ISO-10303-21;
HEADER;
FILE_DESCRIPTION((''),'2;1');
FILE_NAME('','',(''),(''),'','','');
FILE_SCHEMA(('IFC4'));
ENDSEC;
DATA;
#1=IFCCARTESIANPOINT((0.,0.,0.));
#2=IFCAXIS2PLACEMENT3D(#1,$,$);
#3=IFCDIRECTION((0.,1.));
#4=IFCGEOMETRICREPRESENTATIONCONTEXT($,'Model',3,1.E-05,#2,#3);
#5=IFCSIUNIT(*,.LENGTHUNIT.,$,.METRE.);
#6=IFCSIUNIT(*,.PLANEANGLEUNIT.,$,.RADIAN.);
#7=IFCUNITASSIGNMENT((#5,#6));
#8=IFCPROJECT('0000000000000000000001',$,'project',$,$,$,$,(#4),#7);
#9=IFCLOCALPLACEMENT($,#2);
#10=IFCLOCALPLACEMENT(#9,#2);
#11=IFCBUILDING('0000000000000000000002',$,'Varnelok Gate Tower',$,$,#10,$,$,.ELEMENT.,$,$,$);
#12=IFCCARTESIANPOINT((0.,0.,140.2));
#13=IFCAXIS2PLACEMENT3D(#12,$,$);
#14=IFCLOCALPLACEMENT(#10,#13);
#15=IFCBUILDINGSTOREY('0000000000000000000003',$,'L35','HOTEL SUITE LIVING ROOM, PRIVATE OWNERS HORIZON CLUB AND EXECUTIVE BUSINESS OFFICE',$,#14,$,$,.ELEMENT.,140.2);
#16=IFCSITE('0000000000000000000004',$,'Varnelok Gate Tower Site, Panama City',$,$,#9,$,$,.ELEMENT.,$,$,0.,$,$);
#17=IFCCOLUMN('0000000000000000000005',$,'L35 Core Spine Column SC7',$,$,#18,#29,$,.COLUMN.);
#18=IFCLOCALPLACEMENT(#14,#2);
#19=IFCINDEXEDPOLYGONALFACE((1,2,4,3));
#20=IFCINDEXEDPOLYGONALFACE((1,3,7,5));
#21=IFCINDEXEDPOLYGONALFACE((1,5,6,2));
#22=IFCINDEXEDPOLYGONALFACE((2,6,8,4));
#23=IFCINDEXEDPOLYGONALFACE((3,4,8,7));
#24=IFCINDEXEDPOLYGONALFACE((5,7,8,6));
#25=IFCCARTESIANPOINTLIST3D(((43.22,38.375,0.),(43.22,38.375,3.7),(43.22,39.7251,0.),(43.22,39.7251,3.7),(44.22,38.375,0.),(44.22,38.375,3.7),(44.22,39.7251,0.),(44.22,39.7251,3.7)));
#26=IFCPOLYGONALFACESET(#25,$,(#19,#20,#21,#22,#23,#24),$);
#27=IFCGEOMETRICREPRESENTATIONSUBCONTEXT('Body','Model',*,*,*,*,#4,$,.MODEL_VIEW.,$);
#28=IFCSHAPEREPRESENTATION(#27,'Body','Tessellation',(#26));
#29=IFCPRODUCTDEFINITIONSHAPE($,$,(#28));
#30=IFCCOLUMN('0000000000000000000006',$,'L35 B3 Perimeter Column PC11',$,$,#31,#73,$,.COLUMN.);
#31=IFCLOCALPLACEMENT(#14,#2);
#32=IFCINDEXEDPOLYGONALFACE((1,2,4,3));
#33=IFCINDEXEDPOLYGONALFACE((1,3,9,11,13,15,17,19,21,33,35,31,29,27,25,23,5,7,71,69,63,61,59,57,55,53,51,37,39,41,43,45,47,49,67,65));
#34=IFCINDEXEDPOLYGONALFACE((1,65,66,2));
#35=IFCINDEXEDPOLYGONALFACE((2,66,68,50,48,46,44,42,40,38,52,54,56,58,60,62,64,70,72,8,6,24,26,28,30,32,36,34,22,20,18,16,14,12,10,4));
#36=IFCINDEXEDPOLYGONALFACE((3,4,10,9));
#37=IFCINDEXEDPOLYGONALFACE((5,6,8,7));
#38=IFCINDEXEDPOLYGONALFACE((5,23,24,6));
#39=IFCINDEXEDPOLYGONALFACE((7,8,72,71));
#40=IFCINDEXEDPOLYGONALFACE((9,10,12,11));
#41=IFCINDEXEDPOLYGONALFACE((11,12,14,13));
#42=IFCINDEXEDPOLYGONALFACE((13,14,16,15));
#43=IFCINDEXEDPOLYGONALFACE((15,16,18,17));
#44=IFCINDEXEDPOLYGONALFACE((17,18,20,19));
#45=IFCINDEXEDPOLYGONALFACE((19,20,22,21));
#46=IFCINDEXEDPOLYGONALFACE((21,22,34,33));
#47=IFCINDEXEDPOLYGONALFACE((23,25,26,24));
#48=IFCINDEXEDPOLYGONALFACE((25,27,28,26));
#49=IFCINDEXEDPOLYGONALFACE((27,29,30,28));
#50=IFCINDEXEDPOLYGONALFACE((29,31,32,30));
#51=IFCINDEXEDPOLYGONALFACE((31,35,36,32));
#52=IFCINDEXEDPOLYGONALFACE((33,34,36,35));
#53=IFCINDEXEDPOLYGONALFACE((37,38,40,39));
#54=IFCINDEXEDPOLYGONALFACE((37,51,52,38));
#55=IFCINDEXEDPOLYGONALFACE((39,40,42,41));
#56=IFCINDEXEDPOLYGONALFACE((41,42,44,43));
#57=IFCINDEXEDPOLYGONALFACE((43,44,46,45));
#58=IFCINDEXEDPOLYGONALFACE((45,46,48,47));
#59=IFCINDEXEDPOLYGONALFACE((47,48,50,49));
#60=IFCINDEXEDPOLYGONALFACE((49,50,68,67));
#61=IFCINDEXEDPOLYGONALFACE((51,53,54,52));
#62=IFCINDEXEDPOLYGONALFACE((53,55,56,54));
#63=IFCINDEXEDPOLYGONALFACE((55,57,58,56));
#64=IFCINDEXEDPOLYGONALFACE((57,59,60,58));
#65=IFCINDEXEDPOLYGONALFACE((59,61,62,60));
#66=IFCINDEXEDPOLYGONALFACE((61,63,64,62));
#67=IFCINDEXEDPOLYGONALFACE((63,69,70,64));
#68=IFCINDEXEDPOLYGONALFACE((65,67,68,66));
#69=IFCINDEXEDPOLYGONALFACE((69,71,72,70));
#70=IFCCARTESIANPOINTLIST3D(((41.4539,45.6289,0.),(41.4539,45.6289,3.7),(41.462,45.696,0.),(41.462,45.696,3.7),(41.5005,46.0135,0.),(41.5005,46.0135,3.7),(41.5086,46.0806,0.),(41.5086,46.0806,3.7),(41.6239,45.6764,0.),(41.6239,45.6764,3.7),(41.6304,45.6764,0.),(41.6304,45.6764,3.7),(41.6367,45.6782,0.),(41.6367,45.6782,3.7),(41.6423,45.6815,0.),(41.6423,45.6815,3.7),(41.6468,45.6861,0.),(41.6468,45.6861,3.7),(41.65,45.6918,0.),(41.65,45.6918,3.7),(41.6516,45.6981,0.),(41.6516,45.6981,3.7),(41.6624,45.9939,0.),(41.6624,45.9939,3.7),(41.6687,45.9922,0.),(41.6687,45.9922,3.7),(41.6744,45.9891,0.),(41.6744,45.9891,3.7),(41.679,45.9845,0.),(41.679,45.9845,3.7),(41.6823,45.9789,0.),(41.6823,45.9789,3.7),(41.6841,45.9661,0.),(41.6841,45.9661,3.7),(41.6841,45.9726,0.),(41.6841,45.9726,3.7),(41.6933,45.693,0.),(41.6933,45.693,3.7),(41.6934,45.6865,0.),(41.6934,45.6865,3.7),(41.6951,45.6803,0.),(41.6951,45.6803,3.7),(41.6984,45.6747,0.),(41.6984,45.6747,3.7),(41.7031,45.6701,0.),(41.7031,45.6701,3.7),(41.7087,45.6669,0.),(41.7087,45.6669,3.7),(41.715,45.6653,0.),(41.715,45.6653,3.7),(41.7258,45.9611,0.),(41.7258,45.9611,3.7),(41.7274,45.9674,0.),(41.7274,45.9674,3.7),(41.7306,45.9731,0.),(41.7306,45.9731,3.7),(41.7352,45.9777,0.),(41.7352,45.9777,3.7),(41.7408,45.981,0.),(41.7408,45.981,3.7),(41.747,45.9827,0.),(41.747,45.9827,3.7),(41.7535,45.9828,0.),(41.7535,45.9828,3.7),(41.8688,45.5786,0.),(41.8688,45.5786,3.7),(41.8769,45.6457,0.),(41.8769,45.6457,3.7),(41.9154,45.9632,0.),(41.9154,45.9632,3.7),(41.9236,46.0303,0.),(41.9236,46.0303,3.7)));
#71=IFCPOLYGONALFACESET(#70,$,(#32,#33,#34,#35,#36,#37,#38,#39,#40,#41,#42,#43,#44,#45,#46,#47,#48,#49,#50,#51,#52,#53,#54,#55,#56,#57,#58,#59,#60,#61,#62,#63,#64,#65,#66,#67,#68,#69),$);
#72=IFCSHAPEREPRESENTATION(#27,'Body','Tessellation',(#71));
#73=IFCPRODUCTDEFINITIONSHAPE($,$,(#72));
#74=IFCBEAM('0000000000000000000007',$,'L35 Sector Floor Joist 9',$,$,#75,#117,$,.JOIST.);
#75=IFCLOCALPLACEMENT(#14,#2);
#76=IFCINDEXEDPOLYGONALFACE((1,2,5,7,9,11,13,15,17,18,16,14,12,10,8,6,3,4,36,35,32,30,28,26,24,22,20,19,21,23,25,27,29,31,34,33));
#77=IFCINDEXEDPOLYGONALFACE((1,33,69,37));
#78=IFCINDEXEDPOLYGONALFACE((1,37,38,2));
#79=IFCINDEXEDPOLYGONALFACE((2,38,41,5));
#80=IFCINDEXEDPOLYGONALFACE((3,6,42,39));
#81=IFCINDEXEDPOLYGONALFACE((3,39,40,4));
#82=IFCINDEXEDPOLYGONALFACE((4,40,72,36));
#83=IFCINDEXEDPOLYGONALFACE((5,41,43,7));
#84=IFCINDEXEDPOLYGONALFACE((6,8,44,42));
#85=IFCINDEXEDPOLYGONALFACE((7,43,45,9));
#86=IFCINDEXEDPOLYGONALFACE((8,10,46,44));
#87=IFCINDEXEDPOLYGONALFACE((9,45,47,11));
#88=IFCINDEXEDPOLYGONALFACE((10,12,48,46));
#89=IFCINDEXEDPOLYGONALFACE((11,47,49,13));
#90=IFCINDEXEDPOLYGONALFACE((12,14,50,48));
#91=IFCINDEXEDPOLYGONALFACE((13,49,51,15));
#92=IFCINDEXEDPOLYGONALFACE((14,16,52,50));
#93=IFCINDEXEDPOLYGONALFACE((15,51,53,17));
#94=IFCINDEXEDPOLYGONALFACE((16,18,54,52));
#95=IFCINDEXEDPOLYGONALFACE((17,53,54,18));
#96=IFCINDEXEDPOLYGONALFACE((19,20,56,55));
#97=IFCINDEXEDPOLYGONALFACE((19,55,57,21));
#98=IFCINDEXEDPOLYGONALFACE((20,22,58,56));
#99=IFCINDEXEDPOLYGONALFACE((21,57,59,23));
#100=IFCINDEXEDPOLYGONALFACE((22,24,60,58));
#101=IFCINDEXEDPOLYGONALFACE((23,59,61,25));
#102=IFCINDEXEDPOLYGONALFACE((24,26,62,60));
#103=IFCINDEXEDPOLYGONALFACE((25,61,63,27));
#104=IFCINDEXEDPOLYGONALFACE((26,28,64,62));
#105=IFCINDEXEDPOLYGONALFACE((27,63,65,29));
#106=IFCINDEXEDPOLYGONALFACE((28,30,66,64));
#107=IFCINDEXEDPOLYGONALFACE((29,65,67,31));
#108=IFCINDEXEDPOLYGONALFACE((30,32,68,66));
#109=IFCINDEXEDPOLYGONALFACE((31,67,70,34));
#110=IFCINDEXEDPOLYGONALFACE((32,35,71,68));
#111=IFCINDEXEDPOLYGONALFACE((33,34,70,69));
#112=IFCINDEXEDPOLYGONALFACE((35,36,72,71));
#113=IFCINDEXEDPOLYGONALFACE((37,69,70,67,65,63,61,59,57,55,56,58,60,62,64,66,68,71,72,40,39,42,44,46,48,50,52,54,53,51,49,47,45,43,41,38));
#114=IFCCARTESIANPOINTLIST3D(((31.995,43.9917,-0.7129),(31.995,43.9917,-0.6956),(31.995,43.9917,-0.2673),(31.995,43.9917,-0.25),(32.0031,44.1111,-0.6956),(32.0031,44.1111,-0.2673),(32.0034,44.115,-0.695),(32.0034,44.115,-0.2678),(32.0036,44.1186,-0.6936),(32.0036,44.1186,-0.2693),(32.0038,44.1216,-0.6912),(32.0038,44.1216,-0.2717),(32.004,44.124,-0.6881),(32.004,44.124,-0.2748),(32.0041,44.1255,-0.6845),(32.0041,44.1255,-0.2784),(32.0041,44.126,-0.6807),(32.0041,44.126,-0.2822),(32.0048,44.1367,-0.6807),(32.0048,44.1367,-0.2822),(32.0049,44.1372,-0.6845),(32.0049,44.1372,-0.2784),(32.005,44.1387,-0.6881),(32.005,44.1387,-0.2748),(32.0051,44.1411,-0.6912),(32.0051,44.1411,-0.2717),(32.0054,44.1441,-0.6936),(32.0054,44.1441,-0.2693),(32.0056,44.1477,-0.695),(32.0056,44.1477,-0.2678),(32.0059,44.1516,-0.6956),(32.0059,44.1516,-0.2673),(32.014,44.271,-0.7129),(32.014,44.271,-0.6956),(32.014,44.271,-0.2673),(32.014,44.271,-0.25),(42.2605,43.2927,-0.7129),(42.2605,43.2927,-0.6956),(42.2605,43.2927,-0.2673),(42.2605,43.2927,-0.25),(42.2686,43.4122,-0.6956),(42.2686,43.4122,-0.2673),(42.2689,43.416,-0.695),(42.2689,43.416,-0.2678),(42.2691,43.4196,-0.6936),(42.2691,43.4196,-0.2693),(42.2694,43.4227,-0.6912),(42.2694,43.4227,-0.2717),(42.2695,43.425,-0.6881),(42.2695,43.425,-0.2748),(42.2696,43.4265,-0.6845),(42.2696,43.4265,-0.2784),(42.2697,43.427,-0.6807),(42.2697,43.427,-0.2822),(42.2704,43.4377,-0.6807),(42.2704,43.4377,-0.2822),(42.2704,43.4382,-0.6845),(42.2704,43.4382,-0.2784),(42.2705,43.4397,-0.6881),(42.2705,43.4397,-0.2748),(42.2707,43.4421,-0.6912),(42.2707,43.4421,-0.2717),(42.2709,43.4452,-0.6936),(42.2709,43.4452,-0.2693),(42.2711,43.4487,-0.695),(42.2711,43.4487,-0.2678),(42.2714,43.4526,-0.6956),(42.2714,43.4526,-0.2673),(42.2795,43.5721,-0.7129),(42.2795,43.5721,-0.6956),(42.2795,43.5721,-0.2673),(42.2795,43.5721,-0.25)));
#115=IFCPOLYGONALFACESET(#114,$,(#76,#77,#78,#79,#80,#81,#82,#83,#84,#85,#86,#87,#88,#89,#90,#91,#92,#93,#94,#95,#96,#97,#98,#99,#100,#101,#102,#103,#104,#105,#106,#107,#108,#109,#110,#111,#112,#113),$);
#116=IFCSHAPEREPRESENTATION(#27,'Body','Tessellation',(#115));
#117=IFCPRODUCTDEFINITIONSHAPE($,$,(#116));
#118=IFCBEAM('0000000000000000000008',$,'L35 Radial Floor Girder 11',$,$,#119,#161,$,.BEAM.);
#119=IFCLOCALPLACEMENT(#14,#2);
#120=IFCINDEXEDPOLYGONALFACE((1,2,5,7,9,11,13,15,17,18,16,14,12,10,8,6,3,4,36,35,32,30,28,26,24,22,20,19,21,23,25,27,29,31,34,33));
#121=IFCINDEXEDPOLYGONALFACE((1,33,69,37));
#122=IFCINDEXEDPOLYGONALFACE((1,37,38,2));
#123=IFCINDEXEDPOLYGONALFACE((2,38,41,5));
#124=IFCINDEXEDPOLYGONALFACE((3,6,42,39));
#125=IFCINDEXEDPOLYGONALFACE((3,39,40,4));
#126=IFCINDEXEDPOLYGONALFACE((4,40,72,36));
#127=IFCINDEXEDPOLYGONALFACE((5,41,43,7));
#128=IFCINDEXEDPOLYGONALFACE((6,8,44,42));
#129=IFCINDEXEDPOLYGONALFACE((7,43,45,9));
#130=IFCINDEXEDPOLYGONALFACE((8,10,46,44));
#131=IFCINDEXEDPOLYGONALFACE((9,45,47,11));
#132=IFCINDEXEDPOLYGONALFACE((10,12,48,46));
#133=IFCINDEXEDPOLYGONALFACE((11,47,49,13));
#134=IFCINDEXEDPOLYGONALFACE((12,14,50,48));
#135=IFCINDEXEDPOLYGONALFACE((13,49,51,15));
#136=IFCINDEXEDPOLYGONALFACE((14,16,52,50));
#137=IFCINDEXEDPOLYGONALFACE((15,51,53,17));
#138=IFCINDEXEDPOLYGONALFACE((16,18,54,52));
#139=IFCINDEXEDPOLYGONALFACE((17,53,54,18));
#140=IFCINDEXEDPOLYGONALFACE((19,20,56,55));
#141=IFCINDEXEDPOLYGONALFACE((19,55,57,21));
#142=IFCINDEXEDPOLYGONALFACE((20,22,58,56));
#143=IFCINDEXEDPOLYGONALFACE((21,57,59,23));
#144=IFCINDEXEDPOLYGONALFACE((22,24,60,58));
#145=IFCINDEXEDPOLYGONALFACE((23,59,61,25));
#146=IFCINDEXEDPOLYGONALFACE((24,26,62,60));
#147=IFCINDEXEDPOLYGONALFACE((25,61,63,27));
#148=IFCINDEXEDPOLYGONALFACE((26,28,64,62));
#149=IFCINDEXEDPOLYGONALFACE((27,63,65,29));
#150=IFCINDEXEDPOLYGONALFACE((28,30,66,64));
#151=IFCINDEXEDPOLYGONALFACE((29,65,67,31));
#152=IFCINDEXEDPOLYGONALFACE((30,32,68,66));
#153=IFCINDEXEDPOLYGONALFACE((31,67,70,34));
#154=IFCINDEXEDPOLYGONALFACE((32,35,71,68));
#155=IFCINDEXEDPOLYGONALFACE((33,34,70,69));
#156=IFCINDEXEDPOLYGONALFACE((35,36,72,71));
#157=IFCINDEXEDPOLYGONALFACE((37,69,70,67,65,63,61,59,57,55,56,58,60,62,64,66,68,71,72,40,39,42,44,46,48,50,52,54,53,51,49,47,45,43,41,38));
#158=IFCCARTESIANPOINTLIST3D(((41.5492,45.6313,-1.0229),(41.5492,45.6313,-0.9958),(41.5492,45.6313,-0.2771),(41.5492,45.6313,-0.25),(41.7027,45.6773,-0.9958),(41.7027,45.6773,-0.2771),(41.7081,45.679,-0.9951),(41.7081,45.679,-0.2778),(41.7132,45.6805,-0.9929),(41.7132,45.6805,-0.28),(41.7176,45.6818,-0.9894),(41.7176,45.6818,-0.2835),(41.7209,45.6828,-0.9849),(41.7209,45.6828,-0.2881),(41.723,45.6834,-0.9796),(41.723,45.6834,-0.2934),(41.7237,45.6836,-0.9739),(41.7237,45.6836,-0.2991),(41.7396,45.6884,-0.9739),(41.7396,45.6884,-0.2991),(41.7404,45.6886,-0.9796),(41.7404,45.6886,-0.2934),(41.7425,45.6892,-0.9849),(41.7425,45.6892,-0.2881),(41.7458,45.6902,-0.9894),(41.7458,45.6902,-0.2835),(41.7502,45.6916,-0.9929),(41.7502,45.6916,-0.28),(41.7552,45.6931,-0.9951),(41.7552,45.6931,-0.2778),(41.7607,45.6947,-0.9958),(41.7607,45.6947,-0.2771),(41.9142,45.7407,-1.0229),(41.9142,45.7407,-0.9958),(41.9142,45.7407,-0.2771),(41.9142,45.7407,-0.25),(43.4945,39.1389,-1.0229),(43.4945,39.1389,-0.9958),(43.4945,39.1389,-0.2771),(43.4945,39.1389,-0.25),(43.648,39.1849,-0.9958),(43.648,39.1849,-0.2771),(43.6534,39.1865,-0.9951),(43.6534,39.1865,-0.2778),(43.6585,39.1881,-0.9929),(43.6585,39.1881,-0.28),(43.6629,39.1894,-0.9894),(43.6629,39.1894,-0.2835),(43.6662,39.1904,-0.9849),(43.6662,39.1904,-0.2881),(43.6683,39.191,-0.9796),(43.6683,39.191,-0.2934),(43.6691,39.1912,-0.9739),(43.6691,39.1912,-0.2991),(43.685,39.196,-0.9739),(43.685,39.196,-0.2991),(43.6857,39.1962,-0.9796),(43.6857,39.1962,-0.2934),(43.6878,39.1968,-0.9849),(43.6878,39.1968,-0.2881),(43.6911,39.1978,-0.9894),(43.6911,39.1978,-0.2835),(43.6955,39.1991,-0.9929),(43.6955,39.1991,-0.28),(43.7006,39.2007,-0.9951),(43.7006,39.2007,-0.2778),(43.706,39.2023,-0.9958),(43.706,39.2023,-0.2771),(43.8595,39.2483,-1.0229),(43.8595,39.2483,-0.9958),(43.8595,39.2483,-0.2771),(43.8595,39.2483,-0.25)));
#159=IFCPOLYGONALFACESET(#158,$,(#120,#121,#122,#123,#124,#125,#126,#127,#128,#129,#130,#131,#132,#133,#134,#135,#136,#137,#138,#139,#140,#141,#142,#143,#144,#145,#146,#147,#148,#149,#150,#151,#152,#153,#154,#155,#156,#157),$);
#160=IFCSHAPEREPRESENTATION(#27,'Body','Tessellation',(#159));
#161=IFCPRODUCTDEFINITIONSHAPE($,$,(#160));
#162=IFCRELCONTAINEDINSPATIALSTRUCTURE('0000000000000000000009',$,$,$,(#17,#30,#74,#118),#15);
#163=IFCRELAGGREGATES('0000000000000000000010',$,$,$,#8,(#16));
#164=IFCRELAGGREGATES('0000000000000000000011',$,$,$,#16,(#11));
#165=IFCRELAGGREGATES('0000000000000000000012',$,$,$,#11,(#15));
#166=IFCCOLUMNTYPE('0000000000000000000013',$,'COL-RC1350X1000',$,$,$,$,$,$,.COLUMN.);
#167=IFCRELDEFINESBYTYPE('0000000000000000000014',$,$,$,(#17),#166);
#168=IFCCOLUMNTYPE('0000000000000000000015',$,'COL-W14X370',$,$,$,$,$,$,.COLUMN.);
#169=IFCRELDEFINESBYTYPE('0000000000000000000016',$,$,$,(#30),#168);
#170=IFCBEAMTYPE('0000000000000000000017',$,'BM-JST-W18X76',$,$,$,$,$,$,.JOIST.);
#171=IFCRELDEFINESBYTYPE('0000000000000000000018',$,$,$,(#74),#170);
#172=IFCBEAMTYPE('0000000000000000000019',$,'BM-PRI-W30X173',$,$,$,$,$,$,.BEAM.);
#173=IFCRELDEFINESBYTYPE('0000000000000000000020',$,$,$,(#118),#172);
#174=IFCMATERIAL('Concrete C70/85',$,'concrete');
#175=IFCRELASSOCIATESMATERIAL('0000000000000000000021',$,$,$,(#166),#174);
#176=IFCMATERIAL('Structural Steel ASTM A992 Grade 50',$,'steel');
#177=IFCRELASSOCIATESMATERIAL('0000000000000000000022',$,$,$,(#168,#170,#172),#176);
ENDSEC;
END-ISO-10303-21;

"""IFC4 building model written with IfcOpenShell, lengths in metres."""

from ifc_helpers import new_model, si_unit, direction, frame, origin, origin_2d, place, context, subcontext, project, spatial, rectangle, i_section, extrude, material, material_profile, profile_set, type_object, element, save


model = new_model("IFC4")

# Units and contexts
model_context = context("Model", 3, precision=1e-05, world=origin(), true_north=direction((0.0, 1.0)))
body_context = subcontext(model_context, "Body", "Model", "MODEL_VIEW")
ifc_project = project(units=[si_unit("LENGTHUNIT", "METRE"), si_unit("PLANEANGLEUNIT", "RADIAN")], contexts=[model_context])

# Site, building, storey
site_placement = place(None, origin())
site = spatial("IfcSite", under=ifc_project, at=site_placement, Name="Varnelok Gate Tower Site, Panama City", CompositionType="ELEMENT", RefElevation=0.0)
building_placement = place(site_placement, origin())
building = spatial("IfcBuilding", under=site, at=building_placement, Name="Varnelok Gate Tower", CompositionType="ELEMENT")
storey_placement = place(building_placement, frame((0.0, 0.0, 140.2)))
storey = spatial("IfcBuildingStorey", under=building, at=storey_placement, Name="L35", Description="HOTEL SUITE LIVING ROOM, PRIVATE OWNERS HORIZON CLUB AND EXECUTIVE BUSINESS OFFICE", CompositionType="ELEMENT", Elevation=140.2)

# Columns
ifc_material_1 = material(Name="Concrete C70/85", Category="concrete")
ifc_material_profile_1 = material_profile(ifc_material_1, rectangle(XDim=1.0, YDim=1.3501, at=origin_2d()), Name="RC1350X1000")
ifc_profile_set_1 = profile_set([ifc_material_profile_1], Name="Concrete C70/85")
column_type_1 = type_object("IfcColumnType", Name="COL-RC1350X1000", PredefinedType="COLUMN", material=ifc_profile_set_1)
column_1_placement = place(storey_placement, frame((43.72, 39.05, 0.0), z_axis=(0.0, 0.0, 1.0), x_axis=(1.0, 0.0, 0.0)))
element("IfcColumn", 1, at=column_1_placement, inside=storey, type_object=column_type_1, Name="L35 Core Spine Column SC7", PredefinedType="COLUMN", context=body_context, shape_type="SweptSolid", body=[
    extrude(rectangle(XDim=1.0, YDim=1.3501, at=origin_2d()), origin(), (0.0, 0.0, 1.0), 3.7),
])
ifc_material_2 = material(Name="Structural Steel ASTM A992 Grade 50", Category="steel")
ifc_material_profile_2 = material_profile(ifc_material_2, i_section(OverallWidth=0.418, OverallDepth=0.4551, WebThickness=0.042, FlangeThickness=0.0676, FilletRadius=0.0249, at=origin_2d()), Name="W14X370")
ifc_profile_set_2 = profile_set([ifc_material_profile_2], Name="Structural Steel ASTM A992 Grade 50")
column_type_2 = type_object("IfcColumnType", Name="COL-W14X370", PredefinedType="COLUMN", material=ifc_profile_set_2)
column_2_placement = place(storey_placement, frame((41.6887, 45.8296, 0.0), z_axis=(0.0, 0.0, 1.0), x_axis=(0.992732, -0.120345, 0.0)))
element("IfcColumn", 2, at=column_2_placement, inside=storey, type_object=column_type_2, Name="L35 B3 Perimeter Column PC11", PredefinedType="COLUMN", context=body_context, shape_type="SweptSolid", body=[
    extrude(i_section(OverallWidth=0.418, OverallDepth=0.4551, WebThickness=0.042, FlangeThickness=0.0676, FilletRadius=0.0249, at=origin_2d()), origin(), (0.0, 0.0, 1.0), 3.7),
])

# Beams
ifc_material_profile_3 = material_profile(ifc_material_2, i_section(OverallWidth=0.28, OverallDepth=0.4629, WebThickness=0.0107, FlangeThickness=0.0173, FilletRadius=0.0149, at=origin_2d()), Name="W18X76")
ifc_profile_set_3 = profile_set([ifc_material_profile_3], Name="Structural Steel ASTM A992 Grade 50")
beam_type_1 = type_object("IfcBeamType", Name="BM-JST-W18X76", PredefinedType="JOIST", material=ifc_profile_set_3)
beam_1_placement = place(storey_placement, frame((42.27, 43.4324, -0.4814), z_axis=(-0.99769, 0.067932, 0.0), x_axis=(-0.067932, -0.99769, 0.0)))
element("IfcBeam", 3, at=beam_1_placement, inside=storey, type_object=beam_type_1, Name="L35 Sector Floor Joist 9", PredefinedType="JOIST", context=body_context, shape_type="SweptSolid", body=[
    extrude(i_section(OverallWidth=0.28, OverallDepth=0.4629, WebThickness=0.0107, FlangeThickness=0.0173, FilletRadius=0.0149, at=origin_2d()), origin(), (0.0, 0.0, 1.0), 10.2893),
])
ifc_material_profile_4 = material_profile(ifc_material_2, i_section(OverallWidth=0.3811, OverallDepth=0.7729, WebThickness=0.0166, FlangeThickness=0.0271, FilletRadius=0.022, at=origin_2d()), Name="W30X173")
ifc_profile_set_4 = profile_set([ifc_material_profile_4], Name="Structural Steel ASTM A992 Grade 50")
beam_type_2 = type_object("IfcBeamType", Name="BM-PRI-W30X173", PredefinedType="BEAM", material=ifc_profile_set_4)
beam_2_placement = place(storey_placement, frame((43.677, 39.1936, -0.6365), z_axis=(-0.287021, 0.957924, 0.0), x_axis=(-0.957924, -0.287021, 0.0)))
element("IfcBeam", 4, at=beam_2_placement, inside=storey, type_object=beam_type_2, Name="L35 Radial Floor Girder 11", PredefinedType="BEAM", context=body_context, shape_type="SweptSolid", body=[
    extrude(i_section(OverallWidth=0.3811, OverallDepth=0.7729, WebThickness=0.0166, FlangeThickness=0.0271, FilletRadius=0.022, at=origin_2d()), origin(), (0.0, 0.0, 1.0), 6.7776),
])

save(model, "model.ifc")
